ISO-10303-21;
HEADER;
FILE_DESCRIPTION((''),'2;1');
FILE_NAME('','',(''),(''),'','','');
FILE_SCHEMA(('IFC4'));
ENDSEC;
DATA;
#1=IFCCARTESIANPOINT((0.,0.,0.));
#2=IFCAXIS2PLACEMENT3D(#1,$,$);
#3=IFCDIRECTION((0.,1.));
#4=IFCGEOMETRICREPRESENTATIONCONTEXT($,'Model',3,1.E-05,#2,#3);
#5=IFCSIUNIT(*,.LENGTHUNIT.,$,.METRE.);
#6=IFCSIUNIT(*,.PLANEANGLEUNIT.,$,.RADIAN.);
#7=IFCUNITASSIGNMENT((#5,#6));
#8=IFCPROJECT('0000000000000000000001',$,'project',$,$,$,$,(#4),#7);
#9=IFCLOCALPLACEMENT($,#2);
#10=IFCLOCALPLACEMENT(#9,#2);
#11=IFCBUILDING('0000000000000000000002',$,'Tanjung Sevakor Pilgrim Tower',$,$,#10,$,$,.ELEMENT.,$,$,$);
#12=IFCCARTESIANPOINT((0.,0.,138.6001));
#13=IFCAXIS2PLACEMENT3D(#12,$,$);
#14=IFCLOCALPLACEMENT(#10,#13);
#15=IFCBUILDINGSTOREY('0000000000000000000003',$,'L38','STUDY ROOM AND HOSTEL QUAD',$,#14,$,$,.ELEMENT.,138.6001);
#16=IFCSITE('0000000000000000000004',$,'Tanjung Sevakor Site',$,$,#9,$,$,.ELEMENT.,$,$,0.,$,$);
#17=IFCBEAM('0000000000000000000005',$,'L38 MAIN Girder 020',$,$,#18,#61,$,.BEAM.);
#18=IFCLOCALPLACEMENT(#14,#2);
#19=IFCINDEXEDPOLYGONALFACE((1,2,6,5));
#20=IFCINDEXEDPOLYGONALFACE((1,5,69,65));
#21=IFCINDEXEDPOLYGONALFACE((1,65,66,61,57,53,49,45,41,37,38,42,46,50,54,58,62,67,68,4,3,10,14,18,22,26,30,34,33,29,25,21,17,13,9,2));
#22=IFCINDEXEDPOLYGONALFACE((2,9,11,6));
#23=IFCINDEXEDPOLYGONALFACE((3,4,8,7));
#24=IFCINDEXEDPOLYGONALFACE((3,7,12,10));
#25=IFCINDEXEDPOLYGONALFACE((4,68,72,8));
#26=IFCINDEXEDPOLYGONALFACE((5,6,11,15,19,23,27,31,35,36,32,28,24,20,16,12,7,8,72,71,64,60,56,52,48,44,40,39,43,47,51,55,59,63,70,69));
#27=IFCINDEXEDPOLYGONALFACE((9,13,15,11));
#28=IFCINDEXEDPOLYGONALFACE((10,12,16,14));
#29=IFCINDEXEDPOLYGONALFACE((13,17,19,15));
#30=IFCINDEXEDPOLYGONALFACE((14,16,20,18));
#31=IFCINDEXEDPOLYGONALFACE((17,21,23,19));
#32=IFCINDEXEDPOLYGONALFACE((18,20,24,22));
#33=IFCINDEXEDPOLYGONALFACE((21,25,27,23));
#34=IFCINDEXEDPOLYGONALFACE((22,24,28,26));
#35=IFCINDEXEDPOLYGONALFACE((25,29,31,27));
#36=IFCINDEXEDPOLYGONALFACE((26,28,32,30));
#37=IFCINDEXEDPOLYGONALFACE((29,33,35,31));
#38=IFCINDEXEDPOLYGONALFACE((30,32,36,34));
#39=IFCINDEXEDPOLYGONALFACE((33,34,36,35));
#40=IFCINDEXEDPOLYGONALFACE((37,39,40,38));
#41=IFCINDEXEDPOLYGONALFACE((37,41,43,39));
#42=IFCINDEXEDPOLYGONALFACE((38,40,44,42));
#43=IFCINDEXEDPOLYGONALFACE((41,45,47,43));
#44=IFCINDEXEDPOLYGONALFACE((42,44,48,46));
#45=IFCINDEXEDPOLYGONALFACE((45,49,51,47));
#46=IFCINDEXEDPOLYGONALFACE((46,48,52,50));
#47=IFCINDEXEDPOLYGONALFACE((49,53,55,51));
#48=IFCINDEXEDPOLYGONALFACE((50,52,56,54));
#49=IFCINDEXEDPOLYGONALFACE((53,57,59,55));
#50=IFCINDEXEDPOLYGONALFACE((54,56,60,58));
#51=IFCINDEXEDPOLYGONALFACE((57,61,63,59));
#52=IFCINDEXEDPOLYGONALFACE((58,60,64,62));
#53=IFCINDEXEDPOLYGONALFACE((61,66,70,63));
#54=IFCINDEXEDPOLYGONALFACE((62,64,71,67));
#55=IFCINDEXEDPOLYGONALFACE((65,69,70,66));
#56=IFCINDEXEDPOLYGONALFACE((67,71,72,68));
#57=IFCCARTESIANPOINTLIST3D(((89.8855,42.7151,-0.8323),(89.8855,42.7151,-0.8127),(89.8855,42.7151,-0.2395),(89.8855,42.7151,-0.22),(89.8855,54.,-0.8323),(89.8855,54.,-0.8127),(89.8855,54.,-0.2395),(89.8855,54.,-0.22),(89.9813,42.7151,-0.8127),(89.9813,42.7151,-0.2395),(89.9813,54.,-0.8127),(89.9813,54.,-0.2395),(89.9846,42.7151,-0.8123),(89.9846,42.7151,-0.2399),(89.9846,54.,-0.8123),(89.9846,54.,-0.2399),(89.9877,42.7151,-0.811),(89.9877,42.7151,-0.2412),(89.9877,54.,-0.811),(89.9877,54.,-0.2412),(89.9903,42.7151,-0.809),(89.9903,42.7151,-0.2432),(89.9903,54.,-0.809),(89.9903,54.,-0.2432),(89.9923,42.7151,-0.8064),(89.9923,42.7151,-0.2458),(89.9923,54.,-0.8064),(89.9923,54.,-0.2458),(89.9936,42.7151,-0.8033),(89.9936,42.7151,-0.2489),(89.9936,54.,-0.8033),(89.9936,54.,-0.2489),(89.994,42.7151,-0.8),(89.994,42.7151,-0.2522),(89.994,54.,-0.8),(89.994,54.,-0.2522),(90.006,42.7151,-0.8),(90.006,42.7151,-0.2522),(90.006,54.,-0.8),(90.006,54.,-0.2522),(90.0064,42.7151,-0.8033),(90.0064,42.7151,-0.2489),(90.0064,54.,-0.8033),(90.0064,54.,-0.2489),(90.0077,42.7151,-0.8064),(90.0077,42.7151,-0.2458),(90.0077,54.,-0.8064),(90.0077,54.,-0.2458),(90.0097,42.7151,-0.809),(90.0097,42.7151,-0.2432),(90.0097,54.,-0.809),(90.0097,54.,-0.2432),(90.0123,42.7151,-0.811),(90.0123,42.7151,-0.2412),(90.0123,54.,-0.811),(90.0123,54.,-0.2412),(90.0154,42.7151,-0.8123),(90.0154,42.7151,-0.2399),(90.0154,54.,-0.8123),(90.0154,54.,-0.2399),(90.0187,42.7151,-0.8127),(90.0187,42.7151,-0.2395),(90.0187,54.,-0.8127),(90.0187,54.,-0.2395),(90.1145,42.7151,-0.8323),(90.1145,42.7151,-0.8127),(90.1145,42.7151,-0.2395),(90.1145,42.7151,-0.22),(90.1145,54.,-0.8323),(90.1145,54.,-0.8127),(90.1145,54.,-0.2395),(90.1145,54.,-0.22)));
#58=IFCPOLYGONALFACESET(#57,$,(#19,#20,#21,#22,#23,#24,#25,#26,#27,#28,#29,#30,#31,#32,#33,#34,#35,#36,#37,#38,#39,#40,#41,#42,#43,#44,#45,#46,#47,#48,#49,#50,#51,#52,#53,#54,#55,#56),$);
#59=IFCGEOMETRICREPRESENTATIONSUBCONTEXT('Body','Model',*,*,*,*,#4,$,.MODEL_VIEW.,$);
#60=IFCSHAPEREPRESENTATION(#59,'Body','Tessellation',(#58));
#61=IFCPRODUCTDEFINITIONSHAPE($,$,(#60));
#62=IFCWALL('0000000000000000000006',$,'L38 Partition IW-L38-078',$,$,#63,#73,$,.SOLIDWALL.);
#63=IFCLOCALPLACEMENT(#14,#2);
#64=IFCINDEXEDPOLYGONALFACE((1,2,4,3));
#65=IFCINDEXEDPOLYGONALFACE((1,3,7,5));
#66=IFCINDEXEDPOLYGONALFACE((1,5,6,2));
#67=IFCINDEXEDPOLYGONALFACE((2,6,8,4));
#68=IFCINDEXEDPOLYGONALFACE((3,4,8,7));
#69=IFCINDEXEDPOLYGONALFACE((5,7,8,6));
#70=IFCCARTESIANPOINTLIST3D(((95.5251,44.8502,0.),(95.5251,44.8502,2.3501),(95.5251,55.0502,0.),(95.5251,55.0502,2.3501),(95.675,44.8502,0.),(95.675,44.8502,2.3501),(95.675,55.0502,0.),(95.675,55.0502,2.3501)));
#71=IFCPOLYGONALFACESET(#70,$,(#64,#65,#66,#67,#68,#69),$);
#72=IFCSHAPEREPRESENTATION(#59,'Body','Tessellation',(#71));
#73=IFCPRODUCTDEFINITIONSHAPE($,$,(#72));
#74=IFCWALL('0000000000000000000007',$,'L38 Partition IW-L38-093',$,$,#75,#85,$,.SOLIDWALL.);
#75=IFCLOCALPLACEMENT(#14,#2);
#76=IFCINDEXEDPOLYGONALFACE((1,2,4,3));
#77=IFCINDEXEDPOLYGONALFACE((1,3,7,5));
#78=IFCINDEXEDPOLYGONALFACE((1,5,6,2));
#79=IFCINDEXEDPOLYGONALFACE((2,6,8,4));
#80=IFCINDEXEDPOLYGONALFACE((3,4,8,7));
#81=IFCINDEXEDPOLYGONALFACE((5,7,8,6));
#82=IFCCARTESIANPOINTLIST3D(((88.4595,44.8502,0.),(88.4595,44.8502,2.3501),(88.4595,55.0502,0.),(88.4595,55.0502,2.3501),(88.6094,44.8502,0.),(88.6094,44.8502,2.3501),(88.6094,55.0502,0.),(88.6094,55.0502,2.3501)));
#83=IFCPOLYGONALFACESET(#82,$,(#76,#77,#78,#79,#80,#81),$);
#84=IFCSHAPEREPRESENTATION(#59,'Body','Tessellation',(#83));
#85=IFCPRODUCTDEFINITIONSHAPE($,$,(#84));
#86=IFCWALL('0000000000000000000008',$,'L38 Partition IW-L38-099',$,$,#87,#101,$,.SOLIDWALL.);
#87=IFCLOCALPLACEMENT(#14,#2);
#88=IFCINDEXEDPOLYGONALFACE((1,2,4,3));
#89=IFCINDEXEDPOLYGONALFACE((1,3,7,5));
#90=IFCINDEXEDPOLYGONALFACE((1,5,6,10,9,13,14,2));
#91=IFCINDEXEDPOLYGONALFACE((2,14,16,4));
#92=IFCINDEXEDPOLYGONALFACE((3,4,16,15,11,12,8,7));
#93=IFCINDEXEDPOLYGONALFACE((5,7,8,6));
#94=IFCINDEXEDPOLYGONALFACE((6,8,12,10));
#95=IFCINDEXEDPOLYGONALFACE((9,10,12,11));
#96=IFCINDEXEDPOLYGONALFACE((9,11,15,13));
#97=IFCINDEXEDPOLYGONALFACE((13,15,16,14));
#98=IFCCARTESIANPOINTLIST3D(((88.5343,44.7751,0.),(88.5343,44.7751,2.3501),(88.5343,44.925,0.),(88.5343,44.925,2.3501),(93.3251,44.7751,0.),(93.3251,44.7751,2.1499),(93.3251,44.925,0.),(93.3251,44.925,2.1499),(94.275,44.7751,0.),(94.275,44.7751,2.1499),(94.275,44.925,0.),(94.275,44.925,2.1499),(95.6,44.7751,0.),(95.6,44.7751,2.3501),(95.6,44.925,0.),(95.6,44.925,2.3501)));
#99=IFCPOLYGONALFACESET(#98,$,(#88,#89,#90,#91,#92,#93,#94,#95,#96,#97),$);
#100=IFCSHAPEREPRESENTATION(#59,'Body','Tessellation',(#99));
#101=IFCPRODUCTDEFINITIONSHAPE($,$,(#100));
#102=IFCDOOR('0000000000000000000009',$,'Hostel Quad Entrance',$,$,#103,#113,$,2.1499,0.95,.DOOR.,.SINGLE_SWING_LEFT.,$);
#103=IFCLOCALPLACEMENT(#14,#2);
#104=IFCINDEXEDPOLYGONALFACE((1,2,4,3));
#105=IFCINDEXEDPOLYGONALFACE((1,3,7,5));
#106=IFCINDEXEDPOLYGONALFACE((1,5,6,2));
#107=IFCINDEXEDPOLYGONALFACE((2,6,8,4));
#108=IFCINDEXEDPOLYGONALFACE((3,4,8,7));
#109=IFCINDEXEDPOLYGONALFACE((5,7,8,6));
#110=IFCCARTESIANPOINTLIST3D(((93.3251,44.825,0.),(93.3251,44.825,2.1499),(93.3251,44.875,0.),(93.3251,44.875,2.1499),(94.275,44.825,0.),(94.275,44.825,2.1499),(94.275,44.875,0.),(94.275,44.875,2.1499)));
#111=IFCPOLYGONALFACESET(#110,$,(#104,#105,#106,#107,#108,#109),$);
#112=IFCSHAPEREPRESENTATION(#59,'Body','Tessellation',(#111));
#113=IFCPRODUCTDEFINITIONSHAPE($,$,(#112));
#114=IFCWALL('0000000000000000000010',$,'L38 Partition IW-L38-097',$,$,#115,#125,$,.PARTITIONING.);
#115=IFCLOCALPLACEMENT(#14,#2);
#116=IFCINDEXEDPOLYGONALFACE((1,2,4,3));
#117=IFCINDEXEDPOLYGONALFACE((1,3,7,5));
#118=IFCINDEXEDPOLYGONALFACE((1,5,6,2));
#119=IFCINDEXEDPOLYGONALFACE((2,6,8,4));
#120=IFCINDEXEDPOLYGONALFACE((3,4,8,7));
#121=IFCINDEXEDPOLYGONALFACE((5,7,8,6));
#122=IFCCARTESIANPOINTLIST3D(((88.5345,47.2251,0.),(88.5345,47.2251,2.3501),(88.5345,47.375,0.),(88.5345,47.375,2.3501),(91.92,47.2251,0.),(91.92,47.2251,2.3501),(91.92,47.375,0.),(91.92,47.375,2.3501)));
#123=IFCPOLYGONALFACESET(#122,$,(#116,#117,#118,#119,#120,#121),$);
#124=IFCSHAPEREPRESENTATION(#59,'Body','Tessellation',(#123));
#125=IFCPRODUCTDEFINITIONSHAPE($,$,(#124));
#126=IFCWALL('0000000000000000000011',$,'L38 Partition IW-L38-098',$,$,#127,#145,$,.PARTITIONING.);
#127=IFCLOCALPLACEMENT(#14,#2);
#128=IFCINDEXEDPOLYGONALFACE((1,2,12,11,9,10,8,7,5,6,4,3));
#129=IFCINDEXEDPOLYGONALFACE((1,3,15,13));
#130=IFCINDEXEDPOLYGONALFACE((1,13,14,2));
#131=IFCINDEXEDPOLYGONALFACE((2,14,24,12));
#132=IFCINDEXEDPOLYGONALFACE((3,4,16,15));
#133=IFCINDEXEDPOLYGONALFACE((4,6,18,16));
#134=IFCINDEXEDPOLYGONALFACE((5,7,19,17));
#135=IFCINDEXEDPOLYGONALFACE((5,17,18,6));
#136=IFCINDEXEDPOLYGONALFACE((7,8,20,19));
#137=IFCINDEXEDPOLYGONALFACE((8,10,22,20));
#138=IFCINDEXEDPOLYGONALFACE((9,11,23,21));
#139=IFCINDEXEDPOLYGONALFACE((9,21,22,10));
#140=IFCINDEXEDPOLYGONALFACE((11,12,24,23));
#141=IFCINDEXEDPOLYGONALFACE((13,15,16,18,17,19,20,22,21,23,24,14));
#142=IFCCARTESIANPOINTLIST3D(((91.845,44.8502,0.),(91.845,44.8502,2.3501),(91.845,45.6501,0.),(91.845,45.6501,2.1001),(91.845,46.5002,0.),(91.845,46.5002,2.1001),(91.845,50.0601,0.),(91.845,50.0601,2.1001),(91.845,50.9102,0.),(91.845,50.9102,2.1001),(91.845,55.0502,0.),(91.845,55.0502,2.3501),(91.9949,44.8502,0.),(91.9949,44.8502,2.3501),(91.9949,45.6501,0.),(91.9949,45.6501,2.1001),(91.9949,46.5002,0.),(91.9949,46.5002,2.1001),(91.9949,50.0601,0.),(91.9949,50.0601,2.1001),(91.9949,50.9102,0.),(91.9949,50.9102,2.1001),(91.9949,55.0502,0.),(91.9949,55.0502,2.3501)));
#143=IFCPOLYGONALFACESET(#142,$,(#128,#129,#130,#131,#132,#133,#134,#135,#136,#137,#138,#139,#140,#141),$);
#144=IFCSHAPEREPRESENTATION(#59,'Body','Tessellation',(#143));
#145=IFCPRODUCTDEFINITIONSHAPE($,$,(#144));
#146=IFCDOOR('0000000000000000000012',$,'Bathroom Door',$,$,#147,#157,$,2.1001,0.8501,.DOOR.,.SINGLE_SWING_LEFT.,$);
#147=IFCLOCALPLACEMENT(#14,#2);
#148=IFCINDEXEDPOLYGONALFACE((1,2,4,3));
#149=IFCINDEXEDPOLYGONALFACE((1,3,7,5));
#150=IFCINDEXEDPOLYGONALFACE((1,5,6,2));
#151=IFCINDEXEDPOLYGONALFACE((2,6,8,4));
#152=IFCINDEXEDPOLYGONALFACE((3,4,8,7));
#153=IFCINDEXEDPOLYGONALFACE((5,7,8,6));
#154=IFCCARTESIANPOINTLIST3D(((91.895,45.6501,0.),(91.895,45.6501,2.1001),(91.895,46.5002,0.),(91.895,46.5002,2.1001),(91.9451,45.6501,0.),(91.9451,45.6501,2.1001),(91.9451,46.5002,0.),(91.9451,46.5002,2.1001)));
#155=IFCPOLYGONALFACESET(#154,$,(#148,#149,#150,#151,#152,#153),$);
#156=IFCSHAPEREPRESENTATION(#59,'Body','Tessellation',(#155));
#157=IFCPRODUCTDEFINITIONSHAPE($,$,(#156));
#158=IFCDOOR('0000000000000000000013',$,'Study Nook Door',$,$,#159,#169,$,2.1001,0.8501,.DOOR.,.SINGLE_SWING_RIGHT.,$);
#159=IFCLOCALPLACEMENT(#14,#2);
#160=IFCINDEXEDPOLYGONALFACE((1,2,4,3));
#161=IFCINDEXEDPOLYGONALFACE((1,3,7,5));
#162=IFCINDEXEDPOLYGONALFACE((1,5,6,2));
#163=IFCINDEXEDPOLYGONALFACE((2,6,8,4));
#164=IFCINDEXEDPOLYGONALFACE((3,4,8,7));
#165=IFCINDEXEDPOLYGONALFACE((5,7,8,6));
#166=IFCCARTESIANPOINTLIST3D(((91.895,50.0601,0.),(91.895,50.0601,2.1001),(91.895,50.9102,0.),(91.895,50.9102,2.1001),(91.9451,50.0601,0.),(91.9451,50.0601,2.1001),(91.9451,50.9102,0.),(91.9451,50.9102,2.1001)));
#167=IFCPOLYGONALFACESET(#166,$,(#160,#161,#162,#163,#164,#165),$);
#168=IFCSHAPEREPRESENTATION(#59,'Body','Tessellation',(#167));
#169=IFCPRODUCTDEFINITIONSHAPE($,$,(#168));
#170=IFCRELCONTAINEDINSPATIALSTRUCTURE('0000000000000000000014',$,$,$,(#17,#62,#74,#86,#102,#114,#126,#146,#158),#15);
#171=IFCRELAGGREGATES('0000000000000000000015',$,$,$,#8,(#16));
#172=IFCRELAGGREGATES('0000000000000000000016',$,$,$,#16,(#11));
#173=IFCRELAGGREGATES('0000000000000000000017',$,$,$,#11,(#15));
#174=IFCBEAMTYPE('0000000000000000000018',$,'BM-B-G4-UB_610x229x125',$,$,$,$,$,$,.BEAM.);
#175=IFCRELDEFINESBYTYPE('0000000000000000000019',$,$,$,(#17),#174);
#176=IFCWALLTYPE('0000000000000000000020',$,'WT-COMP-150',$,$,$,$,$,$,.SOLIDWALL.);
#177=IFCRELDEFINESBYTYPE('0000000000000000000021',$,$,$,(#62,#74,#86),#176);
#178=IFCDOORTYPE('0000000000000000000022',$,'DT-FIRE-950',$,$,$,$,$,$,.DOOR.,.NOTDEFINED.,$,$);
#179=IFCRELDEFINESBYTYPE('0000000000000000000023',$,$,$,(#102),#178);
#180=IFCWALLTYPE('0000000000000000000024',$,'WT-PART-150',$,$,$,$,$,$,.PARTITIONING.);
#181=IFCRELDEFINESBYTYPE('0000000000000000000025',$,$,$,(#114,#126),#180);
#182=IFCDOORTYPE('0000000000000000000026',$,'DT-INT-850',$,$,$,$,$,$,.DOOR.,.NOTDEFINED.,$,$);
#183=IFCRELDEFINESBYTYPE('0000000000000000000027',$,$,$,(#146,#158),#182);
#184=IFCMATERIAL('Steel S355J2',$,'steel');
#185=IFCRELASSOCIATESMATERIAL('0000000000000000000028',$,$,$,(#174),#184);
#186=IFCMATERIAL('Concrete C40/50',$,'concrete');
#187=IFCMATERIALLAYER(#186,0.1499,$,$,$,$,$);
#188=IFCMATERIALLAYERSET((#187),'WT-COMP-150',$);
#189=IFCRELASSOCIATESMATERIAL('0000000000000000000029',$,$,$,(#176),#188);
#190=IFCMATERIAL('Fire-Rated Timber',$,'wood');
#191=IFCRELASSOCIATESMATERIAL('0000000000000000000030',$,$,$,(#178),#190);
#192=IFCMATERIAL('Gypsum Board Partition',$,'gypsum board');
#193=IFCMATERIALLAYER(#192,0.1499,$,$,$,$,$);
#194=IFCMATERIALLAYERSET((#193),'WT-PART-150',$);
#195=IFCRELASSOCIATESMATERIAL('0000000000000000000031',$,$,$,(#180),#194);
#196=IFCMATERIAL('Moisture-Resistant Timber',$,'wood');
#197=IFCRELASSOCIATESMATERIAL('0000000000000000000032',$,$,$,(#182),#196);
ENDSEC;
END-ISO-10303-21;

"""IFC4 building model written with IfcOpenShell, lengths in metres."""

from ifc_helpers import new_model, si_unit, direction, frame, frame_2d, origin, origin_2d, place, context, subcontext, project, spatial, rectangle, i_section, extrude, material, layer, layer_set, material_profile, profile_set, type_object, element, fill, save


model = new_model("IFC4")

# Units and contexts
model_context = context("Model", 3, precision=1e-05, world=origin(), true_north=direction((0.0, 1.0)))
body_context = subcontext(model_context, "Body", "Model", "MODEL_VIEW")
ifc_project = project(units=[si_unit("LENGTHUNIT", "METRE"), si_unit("PLANEANGLEUNIT", "RADIAN")], contexts=[model_context])

# Site, building, storey
site_placement = place(None, origin())
site = spatial("IfcSite", under=ifc_project, at=site_placement, Name="Tanjung Sevakor Site", CompositionType="ELEMENT", RefElevation=0.0)
building_placement = place(site_placement, origin())
building = spatial("IfcBuilding", under=site, at=building_placement, Name="Tanjung Sevakor Pilgrim Tower", CompositionType="ELEMENT")
storey_placement = place(building_placement, frame((0.0, 0.0, 138.6001)))
storey = spatial("IfcBuildingStorey", under=building, at=storey_placement, Name="L38", Description="STUDY ROOM AND HOSTEL QUAD", CompositionType="ELEMENT", Elevation=138.6001)

# Beam
ifc_material_1 = material(Name="Steel S355J2", Category="steel")
ifc_material_profile = material_profile(ifc_material_1, i_section(OverallWidth=0.229, OverallDepth=0.6123, WebThickness=0.012, FlangeThickness=0.0195, FilletRadius=0.0127, at=origin_2d()))
ifc_profile_set = profile_set([ifc_material_profile], Name="Steel S355J2")
beam_type = type_object("IfcBeamType", Name="BM-B-G4-UB_610x229x125", PredefinedType="BEAM", material=ifc_profile_set)
beam_placement = place(storey_placement, frame((90.0, 42.7151, -0.5261), z_axis=(0.0, 1.0, 0.0), x_axis=(-1.0, 0.0, 0.0)))
element("IfcBeam", 1, at=beam_placement, inside=storey, type_object=beam_type, Name="L38 MAIN Girder 020", PredefinedType="BEAM", context=body_context, shape_type="SweptSolid", body=[
    extrude(i_section(OverallWidth=0.229, OverallDepth=0.6123, WebThickness=0.012, FlangeThickness=0.0195, FilletRadius=0.0127, at=origin_2d()), origin(), (0.0, 0.0, 1.0), 11.2849),
])

# Walls
ifc_material_2 = material(Name="Concrete C40/50", Category="concrete")
ifc_layer_1 = layer(ifc_material_2, 0.1499)
ifc_layer_set_1 = layer_set([ifc_layer_1], Name="WT-COMP-150")
wall_type_1 = type_object("IfcWallType", Name="WT-COMP-150", PredefinedType="SOLIDWALL", material=ifc_layer_set_1)
for number, where, z_axis, x_axis, name in (
    (2, (95.6001, 44.8501, 0.0), (0.0, 0.0, 1.0), (0.0, 1.0, 0.0), "L38 Partition IW-L38-078"),
    (3, (88.5344, 44.8501, 0.0), (0.0, 0.0, 1.0), (0.0, 1.0, 0.0), "L38 Partition IW-L38-093"),
):
    element("IfcWall", number, at=place(storey_placement, frame(where, z_axis=z_axis, x_axis=x_axis)), inside=storey, type_object=wall_type_1, Name=name, PredefinedType="SOLIDWALL", context=body_context, shape_type="SweptSolid", body=[
        extrude(rectangle(XDim=10.2, YDim=0.1499, at=frame_2d((5.1001, 0.0))), origin(), (0.0, 0.0, 1.0), 2.3501),
    ])

# Wall, opening, door
wall_1_placement = place(storey_placement, frame((88.5344, 44.8501, 0.0), z_axis=(0.0, 0.0, 1.0), x_axis=(1.0, 0.0, 0.0)))
wall_1 = element("IfcWall", 4, at=wall_1_placement, inside=storey, type_object=wall_type_1, Name="L38 Partition IW-L38-099", PredefinedType="SOLIDWALL", context=body_context, shape_type="SweptSolid", body=[
    extrude(rectangle(XDim=7.0657, YDim=0.1499, at=frame_2d((3.5327, 0.0))), origin(), (0.0, 0.0, 1.0), 2.3501),
])
opening_1_placement = place(wall_1_placement, frame((4.7905, 0.0, 0.0)))
opening_1 = element("IfcOpeningElement", 5, at=opening_1_placement, cuts=wall_1, PredefinedType="OPENING", context=body_context, shape_type="SweptSolid", body=[
    extrude(rectangle(XDim=0.95, YDim=2.1499, at=frame_2d((0.4751, 1.075))), frame((0.0, 0.085, 0.0), z_axis=(0.0, -1.0, 0.0), x_axis=(1.0, 0.0, 0.0)), (0.0, 0.0, 1.0), 0.1699),
])
ifc_material_3 = material(Name="Fire-Rated Timber", Category="wood")
door_type_1 = type_object("IfcDoorType", Name="DT-FIRE-950", OperationType="NOTDEFINED", PredefinedType="DOOR", material=ifc_material_3)
door_1_placement = place(opening_1_placement, origin())
door_1 = element("IfcDoor", 6, at=door_1_placement, inside=storey, type_object=door_type_1, Name="Hostel Quad Entrance", OperationType="SINGLE_SWING_LEFT", OverallHeight=2.1499, OverallWidth=0.95, PredefinedType="DOOR", context=body_context, shape_type="SweptSolid", body=[
    extrude(rectangle(XDim=0.95, YDim=2.1499, at=frame_2d((0.4751, 1.075))), frame((0.0, 0.0249, 0.0), z_axis=(0.0, -1.0, 0.0), x_axis=(1.0, 0.0, 0.0)), (0.0, 0.0, 1.0), 0.05),
])
fill(opening_1, door_1)

# Wall
ifc_material_4 = material(Name="Gypsum Board Partition", Category="gypsum board")
ifc_layer_2 = layer(ifc_material_4, 0.1499)
ifc_layer_set_2 = layer_set([ifc_layer_2], Name="WT-PART-150")
wall_type_2 = type_object("IfcWallType", Name="WT-PART-150", PredefinedType="PARTITIONING", material=ifc_layer_set_2)
wall_2_placement = place(storey_placement, frame((88.5344, 47.3, 0.0), z_axis=(0.0, 0.0, 1.0), x_axis=(1.0, 0.0, 0.0)))
element("IfcWall", 7, at=wall_2_placement, inside=storey, type_object=wall_type_2, Name="L38 Partition IW-L38-097", PredefinedType="PARTITIONING", context=body_context, shape_type="SweptSolid", body=[
    extrude(rectangle(XDim=3.3855, YDim=0.1499, at=frame_2d((1.6929, 0.0))), origin(), (0.0, 0.0, 1.0), 2.3501),
])

# Wall, openings, doors
wall_3_placement = place(storey_placement, frame((91.9199, 44.8501, 0.0), z_axis=(0.0, 0.0, 1.0), x_axis=(0.0, 1.0, 0.0)))
wall_3 = element("IfcWall", 8, at=wall_3_placement, inside=storey, type_object=wall_type_2, Name="L38 Partition IW-L38-098", PredefinedType="PARTITIONING", context=body_context, shape_type="SweptSolid", body=[
    extrude(rectangle(XDim=10.2, YDim=0.1499, at=frame_2d((5.1001, 0.0))), origin(), (0.0, 0.0, 1.0), 2.3501),
])
opening_2_placement = place(wall_3_placement, frame((0.8, 0.0, 0.0)))
opening_2 = element("IfcOpeningElement", 9, at=opening_2_placement, cuts=wall_3, PredefinedType="OPENING", context=body_context, shape_type="SweptSolid", body=[
    extrude(rectangle(XDim=0.8501, YDim=2.1001, at=frame_2d((0.425, 1.05))), frame((0.0, 0.085, 0.0), z_axis=(0.0, -1.0, 0.0), x_axis=(1.0, 0.0, 0.0)), (0.0, 0.0, 1.0), 0.1699),
])
opening_3_placement = place(wall_3_placement, frame((5.21, 0.0, 0.0)))
opening_3 = element("IfcOpeningElement", 10, at=opening_3_placement, cuts=wall_3, PredefinedType="OPENING", context=body_context, shape_type="SweptSolid", body=[
    extrude(rectangle(XDim=0.8501, YDim=2.1001, at=frame_2d((0.425, 1.05))), frame((0.0, 0.085, 0.0), z_axis=(0.0, -1.0, 0.0), x_axis=(1.0, 0.0, 0.0)), (0.0, 0.0, 1.0), 0.1699),
])
ifc_material_5 = material(Name="Moisture-Resistant Timber", Category="wood")
door_type_2 = type_object("IfcDoorType", Name="DT-INT-850", OperationType="NOTDEFINED", PredefinedType="DOOR", material=ifc_material_5)
door_2_placement = place(opening_2_placement, origin())
door_2 = element("IfcDoor", 11, at=door_2_placement, inside=storey, type_object=door_type_2, Name="Bathroom Door", OperationType="SINGLE_SWING_LEFT", OverallHeight=2.1001, OverallWidth=0.8501, PredefinedType="DOOR", context=body_context, shape_type="SweptSolid", body=[
    extrude(rectangle(XDim=0.8501, YDim=2.1001, at=frame_2d((0.425, 1.05))), frame((0.0, 0.0249, 0.0), z_axis=(0.0, -1.0, 0.0), x_axis=(1.0, 0.0, 0.0)), (0.0, 0.0, 1.0), 0.05),
])
fill(opening_2, door_2)
door_3_placement = place(opening_3_placement, origin())
door_3 = element("IfcDoor", 12, at=door_3_placement, inside=storey, type_object=door_type_2, Name="Study Nook Door", OperationType="SINGLE_SWING_RIGHT", OverallHeight=2.1001, OverallWidth=0.8501, PredefinedType="DOOR", context=body_context, shape_type="SweptSolid", body=[
    extrude(rectangle(XDim=0.8501, YDim=2.1001, at=frame_2d((0.425, 1.05))), frame((0.0, 0.0249, 0.0), z_axis=(0.0, -1.0, 0.0), x_axis=(1.0, 0.0, 0.0)), (0.0, 0.0, 1.0), 0.05),
])
fill(opening_3, door_3)

save(model, "model.ifc")
